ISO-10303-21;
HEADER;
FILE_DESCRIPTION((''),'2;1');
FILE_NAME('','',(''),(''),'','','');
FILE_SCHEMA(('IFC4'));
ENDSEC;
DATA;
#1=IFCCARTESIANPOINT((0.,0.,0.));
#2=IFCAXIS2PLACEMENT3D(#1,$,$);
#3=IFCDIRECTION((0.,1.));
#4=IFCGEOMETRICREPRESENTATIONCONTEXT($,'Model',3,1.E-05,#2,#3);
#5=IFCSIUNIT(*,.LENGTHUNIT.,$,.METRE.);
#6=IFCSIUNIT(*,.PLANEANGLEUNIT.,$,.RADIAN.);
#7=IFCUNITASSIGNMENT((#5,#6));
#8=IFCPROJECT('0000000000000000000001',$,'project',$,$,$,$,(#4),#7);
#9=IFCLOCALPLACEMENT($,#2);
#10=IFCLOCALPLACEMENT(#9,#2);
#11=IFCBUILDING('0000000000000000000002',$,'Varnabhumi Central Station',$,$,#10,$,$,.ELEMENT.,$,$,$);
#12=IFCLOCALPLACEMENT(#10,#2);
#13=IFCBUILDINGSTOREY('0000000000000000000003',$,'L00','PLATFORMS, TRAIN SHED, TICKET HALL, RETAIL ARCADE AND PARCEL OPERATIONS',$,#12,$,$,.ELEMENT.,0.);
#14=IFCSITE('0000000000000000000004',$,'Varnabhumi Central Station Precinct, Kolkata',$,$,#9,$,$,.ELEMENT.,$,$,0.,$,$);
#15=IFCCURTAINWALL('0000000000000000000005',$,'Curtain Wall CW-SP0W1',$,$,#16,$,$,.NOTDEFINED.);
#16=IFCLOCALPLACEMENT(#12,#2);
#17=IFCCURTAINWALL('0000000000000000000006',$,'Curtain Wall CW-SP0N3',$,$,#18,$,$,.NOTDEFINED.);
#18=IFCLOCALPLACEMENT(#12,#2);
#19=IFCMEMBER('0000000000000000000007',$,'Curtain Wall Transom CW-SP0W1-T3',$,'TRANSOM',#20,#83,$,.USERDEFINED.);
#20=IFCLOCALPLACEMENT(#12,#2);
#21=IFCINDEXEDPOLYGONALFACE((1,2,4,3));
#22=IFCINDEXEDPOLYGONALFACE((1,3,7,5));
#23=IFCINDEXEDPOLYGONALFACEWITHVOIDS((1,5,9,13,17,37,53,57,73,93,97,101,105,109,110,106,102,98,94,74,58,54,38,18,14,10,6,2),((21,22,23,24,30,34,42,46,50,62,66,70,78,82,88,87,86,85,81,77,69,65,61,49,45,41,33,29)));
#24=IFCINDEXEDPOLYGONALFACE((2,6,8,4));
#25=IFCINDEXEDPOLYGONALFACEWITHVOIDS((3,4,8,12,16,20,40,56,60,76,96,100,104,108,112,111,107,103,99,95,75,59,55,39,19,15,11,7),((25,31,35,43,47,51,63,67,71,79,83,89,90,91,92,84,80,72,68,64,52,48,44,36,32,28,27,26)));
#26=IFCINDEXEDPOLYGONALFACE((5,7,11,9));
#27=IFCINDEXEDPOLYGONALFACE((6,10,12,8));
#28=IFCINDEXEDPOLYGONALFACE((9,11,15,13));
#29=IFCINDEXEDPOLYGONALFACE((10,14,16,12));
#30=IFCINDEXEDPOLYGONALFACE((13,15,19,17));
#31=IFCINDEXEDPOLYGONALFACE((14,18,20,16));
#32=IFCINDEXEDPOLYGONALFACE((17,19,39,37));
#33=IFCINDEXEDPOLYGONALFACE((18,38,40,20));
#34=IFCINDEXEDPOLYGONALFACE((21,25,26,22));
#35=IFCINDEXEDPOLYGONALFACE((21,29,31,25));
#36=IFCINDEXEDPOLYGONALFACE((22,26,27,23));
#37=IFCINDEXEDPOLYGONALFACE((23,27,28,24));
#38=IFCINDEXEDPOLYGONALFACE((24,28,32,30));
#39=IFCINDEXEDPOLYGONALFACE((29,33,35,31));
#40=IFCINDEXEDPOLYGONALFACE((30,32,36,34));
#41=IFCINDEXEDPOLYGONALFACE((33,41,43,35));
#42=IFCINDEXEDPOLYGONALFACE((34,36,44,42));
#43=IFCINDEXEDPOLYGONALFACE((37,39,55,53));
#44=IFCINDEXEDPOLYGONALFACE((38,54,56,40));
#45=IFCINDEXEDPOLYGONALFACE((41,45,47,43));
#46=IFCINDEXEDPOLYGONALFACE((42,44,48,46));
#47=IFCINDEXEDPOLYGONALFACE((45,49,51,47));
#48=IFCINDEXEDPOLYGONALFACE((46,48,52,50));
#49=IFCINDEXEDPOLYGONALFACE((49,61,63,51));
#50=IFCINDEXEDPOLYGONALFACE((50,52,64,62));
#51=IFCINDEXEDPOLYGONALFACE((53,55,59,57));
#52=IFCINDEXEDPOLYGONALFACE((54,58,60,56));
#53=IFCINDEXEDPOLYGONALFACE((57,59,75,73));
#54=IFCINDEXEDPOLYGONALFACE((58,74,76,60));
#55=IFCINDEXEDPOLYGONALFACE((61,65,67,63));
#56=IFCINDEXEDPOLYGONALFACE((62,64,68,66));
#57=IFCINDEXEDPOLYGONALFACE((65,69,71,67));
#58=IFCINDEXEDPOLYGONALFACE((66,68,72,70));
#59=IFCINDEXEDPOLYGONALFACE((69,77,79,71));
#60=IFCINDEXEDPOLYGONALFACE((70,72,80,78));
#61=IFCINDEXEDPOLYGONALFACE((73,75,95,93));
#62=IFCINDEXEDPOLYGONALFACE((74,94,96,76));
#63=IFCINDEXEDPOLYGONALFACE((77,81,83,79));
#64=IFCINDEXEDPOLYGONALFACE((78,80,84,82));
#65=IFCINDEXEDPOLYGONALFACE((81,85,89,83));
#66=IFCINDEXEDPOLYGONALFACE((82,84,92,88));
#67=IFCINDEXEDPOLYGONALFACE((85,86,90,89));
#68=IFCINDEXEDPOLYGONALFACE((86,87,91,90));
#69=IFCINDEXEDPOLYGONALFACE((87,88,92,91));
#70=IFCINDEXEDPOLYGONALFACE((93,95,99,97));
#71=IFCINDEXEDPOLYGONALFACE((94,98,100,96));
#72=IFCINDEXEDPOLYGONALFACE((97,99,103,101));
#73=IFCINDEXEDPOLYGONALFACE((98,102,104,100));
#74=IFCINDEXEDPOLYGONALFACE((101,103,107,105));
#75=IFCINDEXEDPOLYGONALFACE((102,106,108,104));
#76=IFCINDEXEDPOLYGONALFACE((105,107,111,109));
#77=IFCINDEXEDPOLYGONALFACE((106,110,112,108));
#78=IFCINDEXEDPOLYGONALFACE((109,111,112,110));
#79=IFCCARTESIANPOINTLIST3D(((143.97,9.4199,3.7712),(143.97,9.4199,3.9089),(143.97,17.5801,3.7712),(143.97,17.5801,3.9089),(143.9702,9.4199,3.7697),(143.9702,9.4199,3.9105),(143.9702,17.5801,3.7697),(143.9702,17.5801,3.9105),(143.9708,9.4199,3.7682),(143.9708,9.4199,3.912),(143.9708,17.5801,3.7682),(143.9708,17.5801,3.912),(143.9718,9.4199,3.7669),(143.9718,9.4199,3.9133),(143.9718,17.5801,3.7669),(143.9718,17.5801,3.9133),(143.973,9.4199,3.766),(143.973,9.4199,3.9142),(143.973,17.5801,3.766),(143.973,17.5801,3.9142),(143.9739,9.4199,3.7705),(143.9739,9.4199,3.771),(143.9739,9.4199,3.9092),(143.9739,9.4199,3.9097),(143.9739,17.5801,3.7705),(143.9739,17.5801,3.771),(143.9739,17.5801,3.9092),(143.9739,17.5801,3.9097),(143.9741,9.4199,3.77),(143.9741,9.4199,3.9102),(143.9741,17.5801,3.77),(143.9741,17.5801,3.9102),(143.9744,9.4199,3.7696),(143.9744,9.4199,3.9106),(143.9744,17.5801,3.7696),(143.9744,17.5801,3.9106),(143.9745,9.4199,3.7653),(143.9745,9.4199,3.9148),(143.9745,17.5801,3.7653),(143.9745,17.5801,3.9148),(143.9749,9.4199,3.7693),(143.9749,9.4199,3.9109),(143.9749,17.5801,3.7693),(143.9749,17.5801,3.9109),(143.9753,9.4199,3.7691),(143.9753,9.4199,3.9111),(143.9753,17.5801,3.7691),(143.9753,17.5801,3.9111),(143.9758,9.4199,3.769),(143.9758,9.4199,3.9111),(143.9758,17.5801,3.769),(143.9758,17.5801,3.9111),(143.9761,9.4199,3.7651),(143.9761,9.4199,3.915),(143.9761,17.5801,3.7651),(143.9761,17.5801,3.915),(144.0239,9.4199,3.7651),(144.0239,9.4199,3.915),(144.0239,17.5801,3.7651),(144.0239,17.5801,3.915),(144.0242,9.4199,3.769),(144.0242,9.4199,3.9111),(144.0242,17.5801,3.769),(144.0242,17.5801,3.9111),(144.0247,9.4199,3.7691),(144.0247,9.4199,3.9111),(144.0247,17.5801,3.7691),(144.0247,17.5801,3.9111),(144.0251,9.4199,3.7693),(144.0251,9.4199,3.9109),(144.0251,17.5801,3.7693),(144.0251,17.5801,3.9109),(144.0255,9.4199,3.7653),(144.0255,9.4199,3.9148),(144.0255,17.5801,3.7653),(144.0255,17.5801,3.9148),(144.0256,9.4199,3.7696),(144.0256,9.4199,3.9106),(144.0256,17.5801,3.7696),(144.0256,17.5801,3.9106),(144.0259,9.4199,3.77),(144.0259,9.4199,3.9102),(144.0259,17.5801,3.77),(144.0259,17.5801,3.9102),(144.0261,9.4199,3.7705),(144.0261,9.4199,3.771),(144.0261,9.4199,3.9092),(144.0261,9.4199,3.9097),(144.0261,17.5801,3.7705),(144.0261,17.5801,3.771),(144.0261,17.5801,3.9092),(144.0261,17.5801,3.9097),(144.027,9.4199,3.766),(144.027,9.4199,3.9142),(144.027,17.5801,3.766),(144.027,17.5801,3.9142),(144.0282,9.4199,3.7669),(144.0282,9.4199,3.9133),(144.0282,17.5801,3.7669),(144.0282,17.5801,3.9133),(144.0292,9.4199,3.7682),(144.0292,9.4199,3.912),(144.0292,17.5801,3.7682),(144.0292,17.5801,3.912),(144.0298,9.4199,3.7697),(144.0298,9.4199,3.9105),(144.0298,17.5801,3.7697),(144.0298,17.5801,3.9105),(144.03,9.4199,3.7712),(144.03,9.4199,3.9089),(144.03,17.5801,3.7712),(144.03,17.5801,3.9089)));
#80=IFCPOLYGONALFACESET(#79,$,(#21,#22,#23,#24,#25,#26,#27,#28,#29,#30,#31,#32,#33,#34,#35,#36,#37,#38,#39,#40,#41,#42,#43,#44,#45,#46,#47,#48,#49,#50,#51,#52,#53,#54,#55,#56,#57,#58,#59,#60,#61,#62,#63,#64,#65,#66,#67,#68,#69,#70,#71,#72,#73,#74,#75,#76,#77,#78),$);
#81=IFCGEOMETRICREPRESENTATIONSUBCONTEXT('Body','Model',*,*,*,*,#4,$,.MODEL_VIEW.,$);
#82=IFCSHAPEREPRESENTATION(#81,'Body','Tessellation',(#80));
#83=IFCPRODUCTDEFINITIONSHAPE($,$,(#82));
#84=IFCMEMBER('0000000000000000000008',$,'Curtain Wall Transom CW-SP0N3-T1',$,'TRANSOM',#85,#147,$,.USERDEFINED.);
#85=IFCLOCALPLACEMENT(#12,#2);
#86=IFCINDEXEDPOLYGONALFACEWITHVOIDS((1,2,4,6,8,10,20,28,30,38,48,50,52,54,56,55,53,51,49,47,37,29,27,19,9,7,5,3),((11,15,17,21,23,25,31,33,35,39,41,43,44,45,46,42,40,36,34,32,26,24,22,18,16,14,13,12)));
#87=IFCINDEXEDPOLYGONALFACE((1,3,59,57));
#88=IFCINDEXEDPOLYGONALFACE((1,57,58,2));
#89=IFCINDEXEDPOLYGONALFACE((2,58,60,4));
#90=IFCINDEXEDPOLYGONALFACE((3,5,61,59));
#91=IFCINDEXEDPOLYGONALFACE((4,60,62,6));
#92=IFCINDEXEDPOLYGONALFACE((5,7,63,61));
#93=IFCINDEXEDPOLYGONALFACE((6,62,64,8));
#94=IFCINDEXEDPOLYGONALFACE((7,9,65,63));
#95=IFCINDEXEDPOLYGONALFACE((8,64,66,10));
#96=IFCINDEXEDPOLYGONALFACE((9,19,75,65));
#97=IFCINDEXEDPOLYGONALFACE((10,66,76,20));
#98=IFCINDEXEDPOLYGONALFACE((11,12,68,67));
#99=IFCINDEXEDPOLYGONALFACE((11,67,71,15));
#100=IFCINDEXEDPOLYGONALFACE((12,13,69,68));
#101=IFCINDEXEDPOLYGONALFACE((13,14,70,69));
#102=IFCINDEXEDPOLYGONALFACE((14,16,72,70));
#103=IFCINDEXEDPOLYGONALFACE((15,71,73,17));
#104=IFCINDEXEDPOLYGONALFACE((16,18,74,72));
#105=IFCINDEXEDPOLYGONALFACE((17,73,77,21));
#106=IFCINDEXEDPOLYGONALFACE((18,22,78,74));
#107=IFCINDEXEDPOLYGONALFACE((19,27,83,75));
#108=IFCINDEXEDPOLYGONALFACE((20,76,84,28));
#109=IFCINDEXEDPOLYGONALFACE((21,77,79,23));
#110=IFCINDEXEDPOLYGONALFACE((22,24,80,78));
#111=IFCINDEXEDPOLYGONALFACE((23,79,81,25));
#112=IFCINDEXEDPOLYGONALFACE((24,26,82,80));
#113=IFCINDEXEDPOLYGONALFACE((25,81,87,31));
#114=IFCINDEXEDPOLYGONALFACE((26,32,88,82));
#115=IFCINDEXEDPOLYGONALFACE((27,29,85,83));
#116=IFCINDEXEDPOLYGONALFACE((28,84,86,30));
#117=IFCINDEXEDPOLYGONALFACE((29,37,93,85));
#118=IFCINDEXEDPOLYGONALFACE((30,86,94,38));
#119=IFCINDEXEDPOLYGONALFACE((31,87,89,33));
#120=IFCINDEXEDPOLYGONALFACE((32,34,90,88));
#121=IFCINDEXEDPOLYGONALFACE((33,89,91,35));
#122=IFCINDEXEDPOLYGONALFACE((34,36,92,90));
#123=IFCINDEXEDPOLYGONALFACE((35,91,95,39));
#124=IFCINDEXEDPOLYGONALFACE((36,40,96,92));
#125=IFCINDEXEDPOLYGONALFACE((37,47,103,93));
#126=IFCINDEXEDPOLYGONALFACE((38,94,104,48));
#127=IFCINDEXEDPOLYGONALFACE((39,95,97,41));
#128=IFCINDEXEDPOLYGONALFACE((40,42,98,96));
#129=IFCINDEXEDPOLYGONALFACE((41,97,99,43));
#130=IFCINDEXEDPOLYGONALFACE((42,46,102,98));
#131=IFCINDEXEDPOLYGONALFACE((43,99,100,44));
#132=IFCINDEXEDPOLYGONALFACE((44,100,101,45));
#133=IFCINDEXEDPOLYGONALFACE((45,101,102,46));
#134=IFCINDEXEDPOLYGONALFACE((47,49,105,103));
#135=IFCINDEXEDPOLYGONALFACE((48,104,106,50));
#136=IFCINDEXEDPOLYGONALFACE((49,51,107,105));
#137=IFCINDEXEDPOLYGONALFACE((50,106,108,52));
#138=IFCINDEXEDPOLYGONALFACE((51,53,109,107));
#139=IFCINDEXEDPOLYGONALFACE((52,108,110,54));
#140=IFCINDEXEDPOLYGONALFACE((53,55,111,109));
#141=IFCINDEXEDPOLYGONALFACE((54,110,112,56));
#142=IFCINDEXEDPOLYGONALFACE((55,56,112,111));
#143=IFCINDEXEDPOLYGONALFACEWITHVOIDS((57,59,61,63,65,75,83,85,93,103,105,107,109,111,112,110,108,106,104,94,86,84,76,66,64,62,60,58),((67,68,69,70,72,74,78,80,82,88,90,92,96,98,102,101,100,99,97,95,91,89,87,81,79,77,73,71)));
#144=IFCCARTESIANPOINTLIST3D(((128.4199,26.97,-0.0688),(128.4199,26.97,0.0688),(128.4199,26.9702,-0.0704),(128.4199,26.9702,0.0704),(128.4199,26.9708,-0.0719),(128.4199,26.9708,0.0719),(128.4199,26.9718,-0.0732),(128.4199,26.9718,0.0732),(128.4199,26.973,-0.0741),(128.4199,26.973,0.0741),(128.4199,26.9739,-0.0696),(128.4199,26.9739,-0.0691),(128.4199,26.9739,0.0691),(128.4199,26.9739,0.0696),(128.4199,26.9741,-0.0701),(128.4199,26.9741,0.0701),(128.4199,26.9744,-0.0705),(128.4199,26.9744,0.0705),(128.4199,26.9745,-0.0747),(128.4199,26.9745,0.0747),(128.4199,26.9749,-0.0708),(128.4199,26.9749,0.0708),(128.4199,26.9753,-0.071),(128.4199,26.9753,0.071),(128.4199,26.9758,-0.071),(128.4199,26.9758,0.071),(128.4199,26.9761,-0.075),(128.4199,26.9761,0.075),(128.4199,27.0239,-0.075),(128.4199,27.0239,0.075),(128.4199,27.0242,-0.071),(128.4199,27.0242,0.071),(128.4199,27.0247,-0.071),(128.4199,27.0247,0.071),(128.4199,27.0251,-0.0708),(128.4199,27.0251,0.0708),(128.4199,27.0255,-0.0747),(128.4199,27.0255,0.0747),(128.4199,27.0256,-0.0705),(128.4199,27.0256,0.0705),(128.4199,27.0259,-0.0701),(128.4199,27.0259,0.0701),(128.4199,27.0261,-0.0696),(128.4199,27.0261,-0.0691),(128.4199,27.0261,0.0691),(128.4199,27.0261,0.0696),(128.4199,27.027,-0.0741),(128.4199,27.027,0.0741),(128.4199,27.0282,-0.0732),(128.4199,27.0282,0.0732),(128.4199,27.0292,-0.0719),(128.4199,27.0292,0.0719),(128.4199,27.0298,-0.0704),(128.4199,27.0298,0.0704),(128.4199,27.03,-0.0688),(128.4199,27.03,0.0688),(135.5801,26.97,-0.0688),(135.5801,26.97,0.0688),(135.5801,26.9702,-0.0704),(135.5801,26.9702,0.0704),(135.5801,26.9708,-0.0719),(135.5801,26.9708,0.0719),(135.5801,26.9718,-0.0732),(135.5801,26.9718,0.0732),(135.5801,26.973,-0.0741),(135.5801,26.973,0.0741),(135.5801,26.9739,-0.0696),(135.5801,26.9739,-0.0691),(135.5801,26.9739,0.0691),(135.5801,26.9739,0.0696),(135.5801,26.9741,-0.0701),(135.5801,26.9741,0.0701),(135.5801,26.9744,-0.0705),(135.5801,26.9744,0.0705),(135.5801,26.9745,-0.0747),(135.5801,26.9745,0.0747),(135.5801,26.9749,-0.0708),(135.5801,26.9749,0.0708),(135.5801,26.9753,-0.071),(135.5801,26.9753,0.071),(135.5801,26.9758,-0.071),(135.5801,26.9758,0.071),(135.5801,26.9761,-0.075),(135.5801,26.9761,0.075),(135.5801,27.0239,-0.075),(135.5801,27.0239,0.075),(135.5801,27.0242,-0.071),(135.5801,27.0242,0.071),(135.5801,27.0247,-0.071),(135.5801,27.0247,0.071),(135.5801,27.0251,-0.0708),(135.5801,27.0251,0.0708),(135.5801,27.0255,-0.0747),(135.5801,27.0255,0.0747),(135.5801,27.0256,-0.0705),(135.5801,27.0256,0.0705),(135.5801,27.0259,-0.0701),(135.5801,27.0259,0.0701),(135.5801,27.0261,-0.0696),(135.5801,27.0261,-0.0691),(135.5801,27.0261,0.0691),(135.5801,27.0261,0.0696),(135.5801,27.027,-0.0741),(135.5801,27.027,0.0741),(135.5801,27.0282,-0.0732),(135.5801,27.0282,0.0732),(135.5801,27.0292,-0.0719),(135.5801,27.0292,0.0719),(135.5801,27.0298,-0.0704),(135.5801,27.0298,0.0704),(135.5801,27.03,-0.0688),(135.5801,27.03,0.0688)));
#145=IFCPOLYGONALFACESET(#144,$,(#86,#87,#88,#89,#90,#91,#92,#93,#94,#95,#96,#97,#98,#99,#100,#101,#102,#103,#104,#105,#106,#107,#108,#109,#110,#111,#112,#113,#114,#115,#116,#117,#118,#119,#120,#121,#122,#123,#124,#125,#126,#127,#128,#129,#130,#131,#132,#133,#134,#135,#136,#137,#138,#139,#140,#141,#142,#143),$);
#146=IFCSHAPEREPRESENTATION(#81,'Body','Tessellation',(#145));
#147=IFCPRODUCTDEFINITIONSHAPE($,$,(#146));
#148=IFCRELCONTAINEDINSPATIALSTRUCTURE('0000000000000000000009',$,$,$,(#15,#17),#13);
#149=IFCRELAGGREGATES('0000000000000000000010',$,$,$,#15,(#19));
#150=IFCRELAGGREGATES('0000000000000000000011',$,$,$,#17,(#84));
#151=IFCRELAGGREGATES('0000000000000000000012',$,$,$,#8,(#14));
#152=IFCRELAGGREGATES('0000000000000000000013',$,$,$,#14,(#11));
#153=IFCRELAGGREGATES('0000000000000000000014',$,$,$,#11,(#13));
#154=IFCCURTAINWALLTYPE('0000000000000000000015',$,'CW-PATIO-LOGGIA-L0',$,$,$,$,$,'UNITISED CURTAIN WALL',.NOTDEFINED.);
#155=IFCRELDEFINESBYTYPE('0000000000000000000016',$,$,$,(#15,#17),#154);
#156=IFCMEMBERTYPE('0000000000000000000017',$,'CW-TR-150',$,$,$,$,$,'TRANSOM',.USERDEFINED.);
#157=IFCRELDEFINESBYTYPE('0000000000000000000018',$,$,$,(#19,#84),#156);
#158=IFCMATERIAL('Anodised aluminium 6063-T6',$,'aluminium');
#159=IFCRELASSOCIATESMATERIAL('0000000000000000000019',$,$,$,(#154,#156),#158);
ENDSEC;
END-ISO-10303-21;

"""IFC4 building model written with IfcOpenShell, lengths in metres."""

from ifc_helpers import new_model, si_unit, direction, frame, origin, origin_2d, place, context, subcontext, project, spatial, hollow_rectangle, extrude, material, material_profile, profile_set, type_object, element, aggregate, save


model = new_model("IFC4")

# Units and contexts
model_context = context("Model", 3, precision=1e-05, world=origin(), true_north=direction((0.0, 1.0)))
body_context = subcontext(model_context, "Body", "Model", "MODEL_VIEW")
ifc_project = project(units=[si_unit("LENGTHUNIT", "METRE"), si_unit("PLANEANGLEUNIT", "RADIAN")], contexts=[model_context])

# Site, building, storey
site_placement = place(None, origin())
site = spatial("IfcSite", under=ifc_project, at=site_placement, Name="Varnabhumi Central Station Precinct, Kolkata", CompositionType="ELEMENT", RefElevation=0.0)
building_placement = place(site_placement, origin())
building = spatial("IfcBuilding", under=site, at=building_placement, Name="Varnabhumi Central Station", CompositionType="ELEMENT")
storey_placement = place(building_placement, origin())
storey = spatial("IfcBuildingStorey", under=building, at=storey_placement, Name="L00", Description="PLATFORMS, TRAIN SHED, TICKET HALL, RETAIL ARCADE AND PARCEL OPERATIONS", CompositionType="ELEMENT", Elevation=0.0)

# Curtain walls
ifc_material_1 = material(Name="Anodised aluminium 6063-T6", Category="aluminium")
curtain_wall_type = type_object("IfcCurtainWallType", Name="CW-PATIO-LOGGIA-L0", ElementType="UNITISED CURTAIN WALL", PredefinedType="NOTDEFINED", material=ifc_material_1)
curtain_wall_1_placement = place(storey_placement, origin())
curtain_wall_1 = element("IfcCurtainWall", 1, at=curtain_wall_1_placement, inside=storey, type_object=curtain_wall_type, Name="Curtain Wall CW-SP0W1", PredefinedType="NOTDEFINED")
curtain_wall_2_placement = place(storey_placement, origin())
curtain_wall_2 = element("IfcCurtainWall", 2, at=curtain_wall_2_placement, inside=storey, type_object=curtain_wall_type, Name="Curtain Wall CW-SP0N3", PredefinedType="NOTDEFINED")

# Members
ifc_material_profile_1 = material_profile(ifc_material_1, hollow_rectangle(XDim=0.0601, YDim=0.1499, WallThickness=0.0039, InnerFilletRadius=0.002, OuterFilletRadius=0.0061, at=origin_2d()), Name="Anodised aluminium 6063-T6", Category="aluminium")
ifc_profile_set_1 = profile_set([ifc_material_profile_1], Name="Anodised aluminium 6063-T6")
member_type_1 = type_object("IfcMemberType", Name="CW-TR-150", ElementType="TRANSOM", PredefinedType="USERDEFINED", material=ifc_profile_set_1)
member_1_placement = place(storey_placement, frame((144.0, 9.4199, 3.8401), z_axis=(0.0, 1.0, 0.0), x_axis=(-1.0, 0.0, 0.0)))
member_1 = element("IfcMember", 3, at=member_1_placement, type_object=member_type_1, Name="Curtain Wall Transom CW-SP0W1-T3", ObjectType="TRANSOM", PredefinedType="USERDEFINED", context=body_context, shape_type="SweptSolid", body=[
    extrude(hollow_rectangle(XDim=0.0601, YDim=0.1499, WallThickness=0.0039, InnerFilletRadius=0.002, OuterFilletRadius=0.0061, at=origin_2d()), origin(), (0.0, 0.0, 1.0), 8.1602),
])
member_2_placement = place(storey_placement, frame((128.4199, 27.0, 0.0), z_axis=(1.0, 0.0, 0.0), x_axis=(0.0, 1.0, 0.0)))
member_2 = element("IfcMember", 4, at=member_2_placement, type_object=member_type_1, Name="Curtain Wall Transom CW-SP0N3-T1", ObjectType="TRANSOM", PredefinedType="USERDEFINED", context=body_context, shape_type="SweptSolid", body=[
    extrude(hollow_rectangle(XDim=0.0601, YDim=0.1499, WallThickness=0.0039, InnerFilletRadius=0.002, OuterFilletRadius=0.0061, at=origin_2d()), origin(), (0.0, 0.0, 1.0), 7.1602),
])

aggregate(curtain_wall_1, [member_1])
aggregate(curtain_wall_2, [member_2])

save(model, "model.ifc")
